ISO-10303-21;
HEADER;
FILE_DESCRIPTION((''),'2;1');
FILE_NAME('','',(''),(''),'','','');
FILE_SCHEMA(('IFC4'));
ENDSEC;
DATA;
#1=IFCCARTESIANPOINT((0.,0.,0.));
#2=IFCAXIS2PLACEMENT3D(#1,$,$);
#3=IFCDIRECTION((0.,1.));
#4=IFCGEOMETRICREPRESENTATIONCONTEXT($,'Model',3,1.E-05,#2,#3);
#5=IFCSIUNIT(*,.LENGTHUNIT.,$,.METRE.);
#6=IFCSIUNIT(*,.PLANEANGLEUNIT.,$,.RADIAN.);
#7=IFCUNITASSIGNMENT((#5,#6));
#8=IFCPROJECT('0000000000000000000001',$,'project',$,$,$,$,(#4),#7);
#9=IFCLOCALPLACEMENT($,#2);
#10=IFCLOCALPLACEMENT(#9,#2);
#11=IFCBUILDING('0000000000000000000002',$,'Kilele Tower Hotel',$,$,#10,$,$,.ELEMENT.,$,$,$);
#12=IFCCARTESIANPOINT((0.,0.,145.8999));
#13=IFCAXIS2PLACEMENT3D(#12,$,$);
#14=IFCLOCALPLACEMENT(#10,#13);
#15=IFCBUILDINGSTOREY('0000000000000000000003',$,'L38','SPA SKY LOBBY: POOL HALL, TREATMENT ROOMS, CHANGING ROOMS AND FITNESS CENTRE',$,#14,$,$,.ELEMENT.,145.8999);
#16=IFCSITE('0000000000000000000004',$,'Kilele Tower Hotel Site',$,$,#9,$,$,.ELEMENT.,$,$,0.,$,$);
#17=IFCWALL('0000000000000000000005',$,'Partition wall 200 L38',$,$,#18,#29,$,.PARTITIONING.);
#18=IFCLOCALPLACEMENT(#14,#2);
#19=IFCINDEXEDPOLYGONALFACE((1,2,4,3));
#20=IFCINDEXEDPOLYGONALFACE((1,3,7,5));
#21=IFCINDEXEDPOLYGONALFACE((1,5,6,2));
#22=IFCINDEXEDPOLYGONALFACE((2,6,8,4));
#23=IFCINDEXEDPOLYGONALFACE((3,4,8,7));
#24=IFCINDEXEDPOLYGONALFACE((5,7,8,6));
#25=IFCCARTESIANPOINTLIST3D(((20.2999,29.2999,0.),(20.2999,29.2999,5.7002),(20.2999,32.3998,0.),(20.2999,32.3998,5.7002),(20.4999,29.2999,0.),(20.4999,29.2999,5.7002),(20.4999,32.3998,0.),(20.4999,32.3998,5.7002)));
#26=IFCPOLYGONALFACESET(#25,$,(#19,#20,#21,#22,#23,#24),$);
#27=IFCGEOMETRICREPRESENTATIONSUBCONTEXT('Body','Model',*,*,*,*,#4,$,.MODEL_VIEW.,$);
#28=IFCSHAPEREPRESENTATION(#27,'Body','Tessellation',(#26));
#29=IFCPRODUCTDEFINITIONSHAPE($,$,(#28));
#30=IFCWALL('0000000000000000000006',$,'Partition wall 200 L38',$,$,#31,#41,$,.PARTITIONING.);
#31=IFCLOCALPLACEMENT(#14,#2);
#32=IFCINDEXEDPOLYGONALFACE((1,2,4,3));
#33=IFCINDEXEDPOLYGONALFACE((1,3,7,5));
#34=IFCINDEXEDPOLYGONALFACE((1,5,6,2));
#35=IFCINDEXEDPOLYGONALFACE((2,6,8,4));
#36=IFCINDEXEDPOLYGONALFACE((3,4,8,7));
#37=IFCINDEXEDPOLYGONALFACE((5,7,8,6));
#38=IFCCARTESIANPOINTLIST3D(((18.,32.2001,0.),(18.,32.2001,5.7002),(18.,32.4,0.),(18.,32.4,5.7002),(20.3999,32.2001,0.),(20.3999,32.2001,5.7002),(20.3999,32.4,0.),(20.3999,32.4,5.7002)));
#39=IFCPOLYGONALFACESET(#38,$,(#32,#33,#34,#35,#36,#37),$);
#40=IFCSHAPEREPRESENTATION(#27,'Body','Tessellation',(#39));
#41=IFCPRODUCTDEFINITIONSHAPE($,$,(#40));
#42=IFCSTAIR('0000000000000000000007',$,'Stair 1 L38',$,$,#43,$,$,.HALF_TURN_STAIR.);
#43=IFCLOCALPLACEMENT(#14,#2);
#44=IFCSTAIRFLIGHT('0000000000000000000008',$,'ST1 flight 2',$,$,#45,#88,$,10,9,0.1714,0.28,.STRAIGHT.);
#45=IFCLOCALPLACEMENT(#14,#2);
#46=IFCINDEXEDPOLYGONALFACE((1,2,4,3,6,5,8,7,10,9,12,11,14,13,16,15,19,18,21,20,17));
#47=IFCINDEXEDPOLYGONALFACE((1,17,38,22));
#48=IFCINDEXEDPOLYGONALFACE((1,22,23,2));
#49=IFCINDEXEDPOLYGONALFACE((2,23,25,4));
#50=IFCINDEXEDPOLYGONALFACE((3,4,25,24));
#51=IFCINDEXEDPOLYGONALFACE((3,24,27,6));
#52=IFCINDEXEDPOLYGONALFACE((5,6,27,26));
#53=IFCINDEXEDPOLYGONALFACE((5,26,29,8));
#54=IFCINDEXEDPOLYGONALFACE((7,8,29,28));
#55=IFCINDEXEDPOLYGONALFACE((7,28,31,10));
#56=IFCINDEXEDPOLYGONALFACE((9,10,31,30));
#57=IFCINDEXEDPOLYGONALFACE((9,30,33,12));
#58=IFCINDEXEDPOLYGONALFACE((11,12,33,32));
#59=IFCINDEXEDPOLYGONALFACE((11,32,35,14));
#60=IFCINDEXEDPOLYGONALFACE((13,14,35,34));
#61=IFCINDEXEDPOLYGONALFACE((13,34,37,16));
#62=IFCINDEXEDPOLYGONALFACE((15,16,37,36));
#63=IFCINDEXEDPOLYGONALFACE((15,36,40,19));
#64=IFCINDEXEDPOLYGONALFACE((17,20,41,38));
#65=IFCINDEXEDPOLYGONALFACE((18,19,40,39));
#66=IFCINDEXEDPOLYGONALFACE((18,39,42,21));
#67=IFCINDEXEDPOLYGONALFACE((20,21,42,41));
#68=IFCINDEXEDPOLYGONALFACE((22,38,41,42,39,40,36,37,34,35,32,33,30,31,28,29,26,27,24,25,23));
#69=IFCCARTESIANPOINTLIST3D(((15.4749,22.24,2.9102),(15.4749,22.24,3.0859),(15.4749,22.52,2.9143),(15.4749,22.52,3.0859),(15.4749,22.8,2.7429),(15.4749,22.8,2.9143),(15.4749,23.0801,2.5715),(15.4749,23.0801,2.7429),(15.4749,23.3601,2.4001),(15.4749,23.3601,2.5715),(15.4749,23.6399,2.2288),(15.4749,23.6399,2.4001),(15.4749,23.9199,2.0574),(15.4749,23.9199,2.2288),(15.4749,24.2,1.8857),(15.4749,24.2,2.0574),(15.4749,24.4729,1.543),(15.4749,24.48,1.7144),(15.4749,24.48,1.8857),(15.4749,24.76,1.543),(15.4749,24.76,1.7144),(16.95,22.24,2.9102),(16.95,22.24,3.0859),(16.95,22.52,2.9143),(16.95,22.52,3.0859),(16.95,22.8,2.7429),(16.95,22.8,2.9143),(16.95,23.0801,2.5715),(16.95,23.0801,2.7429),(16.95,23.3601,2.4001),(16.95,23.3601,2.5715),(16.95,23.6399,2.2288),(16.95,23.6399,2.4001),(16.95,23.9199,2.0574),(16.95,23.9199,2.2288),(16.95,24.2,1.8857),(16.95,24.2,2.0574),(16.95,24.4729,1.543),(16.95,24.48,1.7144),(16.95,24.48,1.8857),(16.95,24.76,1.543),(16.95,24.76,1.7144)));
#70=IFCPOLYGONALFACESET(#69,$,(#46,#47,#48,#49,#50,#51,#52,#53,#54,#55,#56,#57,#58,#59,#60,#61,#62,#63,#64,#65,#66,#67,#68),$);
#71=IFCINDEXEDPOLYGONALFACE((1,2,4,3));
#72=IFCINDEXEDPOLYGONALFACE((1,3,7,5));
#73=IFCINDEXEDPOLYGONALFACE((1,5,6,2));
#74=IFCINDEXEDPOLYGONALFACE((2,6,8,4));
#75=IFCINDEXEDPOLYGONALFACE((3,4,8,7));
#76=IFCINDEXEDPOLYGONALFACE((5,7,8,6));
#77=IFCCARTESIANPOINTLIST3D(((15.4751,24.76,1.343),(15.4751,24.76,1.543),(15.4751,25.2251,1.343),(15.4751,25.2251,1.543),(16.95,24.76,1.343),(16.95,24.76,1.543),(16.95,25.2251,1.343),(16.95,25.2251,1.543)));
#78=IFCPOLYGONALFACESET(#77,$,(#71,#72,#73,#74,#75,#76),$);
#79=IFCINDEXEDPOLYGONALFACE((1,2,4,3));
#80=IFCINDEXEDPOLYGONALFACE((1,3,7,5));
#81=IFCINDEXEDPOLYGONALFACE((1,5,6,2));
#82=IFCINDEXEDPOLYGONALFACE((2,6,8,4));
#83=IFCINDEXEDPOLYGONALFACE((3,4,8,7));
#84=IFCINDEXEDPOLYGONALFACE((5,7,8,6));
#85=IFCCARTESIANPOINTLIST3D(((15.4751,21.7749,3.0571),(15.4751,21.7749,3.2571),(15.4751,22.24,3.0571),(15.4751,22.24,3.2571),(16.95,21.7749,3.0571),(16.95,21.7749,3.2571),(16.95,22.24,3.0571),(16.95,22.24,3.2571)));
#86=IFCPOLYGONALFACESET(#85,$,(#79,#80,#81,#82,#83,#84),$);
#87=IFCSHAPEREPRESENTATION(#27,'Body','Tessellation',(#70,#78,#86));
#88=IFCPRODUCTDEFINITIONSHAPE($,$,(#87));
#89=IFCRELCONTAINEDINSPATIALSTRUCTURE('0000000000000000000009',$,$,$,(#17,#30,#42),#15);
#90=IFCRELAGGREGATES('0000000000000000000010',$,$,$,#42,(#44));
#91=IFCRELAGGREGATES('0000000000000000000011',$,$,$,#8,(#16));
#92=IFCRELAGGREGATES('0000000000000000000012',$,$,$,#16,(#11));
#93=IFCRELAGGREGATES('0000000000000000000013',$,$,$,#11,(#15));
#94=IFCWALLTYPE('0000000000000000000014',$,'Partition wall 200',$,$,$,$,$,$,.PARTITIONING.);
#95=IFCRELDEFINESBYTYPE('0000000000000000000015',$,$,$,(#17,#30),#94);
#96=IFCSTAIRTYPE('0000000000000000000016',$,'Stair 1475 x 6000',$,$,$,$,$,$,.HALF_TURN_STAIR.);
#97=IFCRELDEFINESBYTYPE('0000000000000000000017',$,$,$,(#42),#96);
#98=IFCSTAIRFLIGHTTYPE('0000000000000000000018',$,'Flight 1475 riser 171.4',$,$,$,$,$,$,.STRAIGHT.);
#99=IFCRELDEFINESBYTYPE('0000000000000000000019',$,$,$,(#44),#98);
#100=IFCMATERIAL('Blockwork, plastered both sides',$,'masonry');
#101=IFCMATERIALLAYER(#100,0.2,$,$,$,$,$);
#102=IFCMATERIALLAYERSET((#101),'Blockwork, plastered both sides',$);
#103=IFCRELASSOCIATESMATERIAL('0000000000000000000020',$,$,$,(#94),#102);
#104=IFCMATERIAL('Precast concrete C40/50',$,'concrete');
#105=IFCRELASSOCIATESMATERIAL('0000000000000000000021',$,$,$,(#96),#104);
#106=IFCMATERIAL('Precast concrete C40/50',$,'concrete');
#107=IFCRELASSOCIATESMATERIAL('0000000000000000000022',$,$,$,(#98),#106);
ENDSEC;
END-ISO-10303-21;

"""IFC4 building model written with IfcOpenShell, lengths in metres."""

from ifc_helpers import new_model, si_unit, direction, frame, frame_2d, origin, place, context, subcontext, project, spatial, polyline, rectangle, outline, extrude, material, layer, layer_set, type_object, element, aggregate, save


model = new_model("IFC4")

# Units and contexts
model_context = context("Model", 3, precision=1e-05, world=origin(), true_north=direction((0.0, 1.0)))
body_context = subcontext(model_context, "Body", "Model", "MODEL_VIEW")
ifc_project = project(units=[si_unit("LENGTHUNIT", "METRE"), si_unit("PLANEANGLEUNIT", "RADIAN")], contexts=[model_context])

# Site, building, storey
site_placement = place(None, origin())
site = spatial("IfcSite", under=ifc_project, at=site_placement, Name="Kilele Tower Hotel Site", CompositionType="ELEMENT", RefElevation=0.0)
building_placement = place(site_placement, origin())
building = spatial("IfcBuilding", under=site, at=building_placement, Name="Kilele Tower Hotel", CompositionType="ELEMENT")
storey_placement = place(building_placement, frame((0.0, 0.0, 145.8999)))
storey = spatial("IfcBuildingStorey", under=building, at=storey_placement, Name="L38", Description="SPA SKY LOBBY: POOL HALL, TREATMENT ROOMS, CHANGING ROOMS AND FITNESS CENTRE", CompositionType="ELEMENT", Elevation=145.8999)

# Shared definitions
ifc_material_1 = material(Name="Blockwork, plastered both sides", Category="masonry")
ifc_layer_1 = layer(ifc_material_1, 0.2)
ifc_layer_set_1 = layer_set([ifc_layer_1], Name="Blockwork, plastered both sides")
wall_type_1 = type_object("IfcWallType", Name="Partition wall 200", PredefinedType="PARTITIONING", material=ifc_layer_set_1)

# Walls
wall_1_placement = place(storey_placement, frame((20.3999, 29.3, 0.0), z_axis=(0.0, 0.0, 1.0), x_axis=(0.0, 1.0, 0.0)))
element("IfcWall", 1, at=wall_1_placement, inside=storey, type_object=wall_type_1, Name="Partition wall 200 L38", PredefinedType="PARTITIONING", context=body_context, shape_type="SweptSolid", body=[
    extrude(rectangle(XDim=3.0999, YDim=0.2, at=frame_2d((1.5498, 0.0))), origin(), (0.0, 0.0, 1.0), 5.7002),
])
wall_2_placement = place(storey_placement, frame((18.0, 32.3, 0.0), z_axis=(0.0, 0.0, 1.0), x_axis=(1.0, 0.0, 0.0)))
element("IfcWall", 2, at=wall_2_placement, inside=storey, type_object=wall_type_1, Name="Partition wall 200 L38", PredefinedType="PARTITIONING", context=body_context, shape_type="SweptSolid", body=[
    extrude(rectangle(XDim=2.3999, YDim=0.2, at=frame_2d((1.2, 0.0))), origin(), (0.0, 0.0, 1.0), 5.7002),
])

# Stair, stair flight
ifc_material_2 = material(Name="Precast concrete C40/50", Category="concrete")
stair_type = type_object("IfcStairType", Name="Stair 1475 x 6000", PredefinedType="HALF_TURN_STAIR", material=ifc_material_2)
stair_placement = place(storey_placement, origin())
stair = element("IfcStair", 3, at=stair_placement, inside=storey, type_object=stair_type, Name="Stair 1 L38", PredefinedType="HALF_TURN_STAIR")
ifc_material_3 = material(Name="Precast concrete C40/50", Category="concrete")
stair_flight_type = type_object("IfcStairFlightType", Name="Flight 1475 riser 171.4", PredefinedType="STRAIGHT", material=ifc_material_3)
stair_flight_placement = place(storey_placement, frame((16.2124, 24.76, 1.543), z_axis=(0.0, 0.0, 1.0), x_axis=(0.0, -1.0, 0.0)))
stair_flight = element("IfcStairFlight", 4, at=stair_flight_placement, type_object=stair_flight_type, Name="ST1 flight 2", NumberOfRisers=10, NumberOfTreads=9, PredefinedType="STRAIGHT", RiserHeight=0.1714, TreadLength=0.28, context=body_context, shape_type="SweptSolid", body=[
    extrude(outline(polyline([(0.0, 0.0), (0.0, 0.1714), (0.28, 0.1714), (0.28, 0.3428), (0.5601, 0.3428), (0.5601, 0.5144), (0.8401, 0.5144), (0.8401, 0.6858), (1.1201, 0.6858), (1.1201, 0.8572), (1.3999, 0.8572), (1.3999, 1.0286), (1.6799, 1.0286), (1.6799, 1.2), (1.96, 1.2), (1.96, 1.3713), (2.24, 1.3713), (2.24, 1.543), (2.52, 1.543), (2.52, 1.7144), (2.52, 1.3672), (0.2871, 0.0), (0.0, 0.0)])), frame((0.0, 0.7375, 0.0), z_axis=(0.0, -1.0, 0.0), x_axis=(1.0, 0.0, 0.0)), (0.0, 0.0, 1.0), 1.4751),
    extrude(outline(polyline([(0.0, -0.7373), (0.0, 0.7375), (-0.4651, 0.7375), (-0.4651, -0.7373), (0.0, -0.7373)])), frame((0.0, 0.0, -0.2)), (0.0, 0.0, 1.0), 0.2),
    extrude(outline(polyline([(2.9851, -0.7373), (2.9851, 0.7375), (2.52, 0.7375), (2.52, -0.7373), (2.9851, -0.7373)])), frame((0.0, 0.0, 1.5142)), (0.0, 0.0, 1.0), 0.2),
])
aggregate(stair, [stair_flight])

save(model, "model.ifc")
